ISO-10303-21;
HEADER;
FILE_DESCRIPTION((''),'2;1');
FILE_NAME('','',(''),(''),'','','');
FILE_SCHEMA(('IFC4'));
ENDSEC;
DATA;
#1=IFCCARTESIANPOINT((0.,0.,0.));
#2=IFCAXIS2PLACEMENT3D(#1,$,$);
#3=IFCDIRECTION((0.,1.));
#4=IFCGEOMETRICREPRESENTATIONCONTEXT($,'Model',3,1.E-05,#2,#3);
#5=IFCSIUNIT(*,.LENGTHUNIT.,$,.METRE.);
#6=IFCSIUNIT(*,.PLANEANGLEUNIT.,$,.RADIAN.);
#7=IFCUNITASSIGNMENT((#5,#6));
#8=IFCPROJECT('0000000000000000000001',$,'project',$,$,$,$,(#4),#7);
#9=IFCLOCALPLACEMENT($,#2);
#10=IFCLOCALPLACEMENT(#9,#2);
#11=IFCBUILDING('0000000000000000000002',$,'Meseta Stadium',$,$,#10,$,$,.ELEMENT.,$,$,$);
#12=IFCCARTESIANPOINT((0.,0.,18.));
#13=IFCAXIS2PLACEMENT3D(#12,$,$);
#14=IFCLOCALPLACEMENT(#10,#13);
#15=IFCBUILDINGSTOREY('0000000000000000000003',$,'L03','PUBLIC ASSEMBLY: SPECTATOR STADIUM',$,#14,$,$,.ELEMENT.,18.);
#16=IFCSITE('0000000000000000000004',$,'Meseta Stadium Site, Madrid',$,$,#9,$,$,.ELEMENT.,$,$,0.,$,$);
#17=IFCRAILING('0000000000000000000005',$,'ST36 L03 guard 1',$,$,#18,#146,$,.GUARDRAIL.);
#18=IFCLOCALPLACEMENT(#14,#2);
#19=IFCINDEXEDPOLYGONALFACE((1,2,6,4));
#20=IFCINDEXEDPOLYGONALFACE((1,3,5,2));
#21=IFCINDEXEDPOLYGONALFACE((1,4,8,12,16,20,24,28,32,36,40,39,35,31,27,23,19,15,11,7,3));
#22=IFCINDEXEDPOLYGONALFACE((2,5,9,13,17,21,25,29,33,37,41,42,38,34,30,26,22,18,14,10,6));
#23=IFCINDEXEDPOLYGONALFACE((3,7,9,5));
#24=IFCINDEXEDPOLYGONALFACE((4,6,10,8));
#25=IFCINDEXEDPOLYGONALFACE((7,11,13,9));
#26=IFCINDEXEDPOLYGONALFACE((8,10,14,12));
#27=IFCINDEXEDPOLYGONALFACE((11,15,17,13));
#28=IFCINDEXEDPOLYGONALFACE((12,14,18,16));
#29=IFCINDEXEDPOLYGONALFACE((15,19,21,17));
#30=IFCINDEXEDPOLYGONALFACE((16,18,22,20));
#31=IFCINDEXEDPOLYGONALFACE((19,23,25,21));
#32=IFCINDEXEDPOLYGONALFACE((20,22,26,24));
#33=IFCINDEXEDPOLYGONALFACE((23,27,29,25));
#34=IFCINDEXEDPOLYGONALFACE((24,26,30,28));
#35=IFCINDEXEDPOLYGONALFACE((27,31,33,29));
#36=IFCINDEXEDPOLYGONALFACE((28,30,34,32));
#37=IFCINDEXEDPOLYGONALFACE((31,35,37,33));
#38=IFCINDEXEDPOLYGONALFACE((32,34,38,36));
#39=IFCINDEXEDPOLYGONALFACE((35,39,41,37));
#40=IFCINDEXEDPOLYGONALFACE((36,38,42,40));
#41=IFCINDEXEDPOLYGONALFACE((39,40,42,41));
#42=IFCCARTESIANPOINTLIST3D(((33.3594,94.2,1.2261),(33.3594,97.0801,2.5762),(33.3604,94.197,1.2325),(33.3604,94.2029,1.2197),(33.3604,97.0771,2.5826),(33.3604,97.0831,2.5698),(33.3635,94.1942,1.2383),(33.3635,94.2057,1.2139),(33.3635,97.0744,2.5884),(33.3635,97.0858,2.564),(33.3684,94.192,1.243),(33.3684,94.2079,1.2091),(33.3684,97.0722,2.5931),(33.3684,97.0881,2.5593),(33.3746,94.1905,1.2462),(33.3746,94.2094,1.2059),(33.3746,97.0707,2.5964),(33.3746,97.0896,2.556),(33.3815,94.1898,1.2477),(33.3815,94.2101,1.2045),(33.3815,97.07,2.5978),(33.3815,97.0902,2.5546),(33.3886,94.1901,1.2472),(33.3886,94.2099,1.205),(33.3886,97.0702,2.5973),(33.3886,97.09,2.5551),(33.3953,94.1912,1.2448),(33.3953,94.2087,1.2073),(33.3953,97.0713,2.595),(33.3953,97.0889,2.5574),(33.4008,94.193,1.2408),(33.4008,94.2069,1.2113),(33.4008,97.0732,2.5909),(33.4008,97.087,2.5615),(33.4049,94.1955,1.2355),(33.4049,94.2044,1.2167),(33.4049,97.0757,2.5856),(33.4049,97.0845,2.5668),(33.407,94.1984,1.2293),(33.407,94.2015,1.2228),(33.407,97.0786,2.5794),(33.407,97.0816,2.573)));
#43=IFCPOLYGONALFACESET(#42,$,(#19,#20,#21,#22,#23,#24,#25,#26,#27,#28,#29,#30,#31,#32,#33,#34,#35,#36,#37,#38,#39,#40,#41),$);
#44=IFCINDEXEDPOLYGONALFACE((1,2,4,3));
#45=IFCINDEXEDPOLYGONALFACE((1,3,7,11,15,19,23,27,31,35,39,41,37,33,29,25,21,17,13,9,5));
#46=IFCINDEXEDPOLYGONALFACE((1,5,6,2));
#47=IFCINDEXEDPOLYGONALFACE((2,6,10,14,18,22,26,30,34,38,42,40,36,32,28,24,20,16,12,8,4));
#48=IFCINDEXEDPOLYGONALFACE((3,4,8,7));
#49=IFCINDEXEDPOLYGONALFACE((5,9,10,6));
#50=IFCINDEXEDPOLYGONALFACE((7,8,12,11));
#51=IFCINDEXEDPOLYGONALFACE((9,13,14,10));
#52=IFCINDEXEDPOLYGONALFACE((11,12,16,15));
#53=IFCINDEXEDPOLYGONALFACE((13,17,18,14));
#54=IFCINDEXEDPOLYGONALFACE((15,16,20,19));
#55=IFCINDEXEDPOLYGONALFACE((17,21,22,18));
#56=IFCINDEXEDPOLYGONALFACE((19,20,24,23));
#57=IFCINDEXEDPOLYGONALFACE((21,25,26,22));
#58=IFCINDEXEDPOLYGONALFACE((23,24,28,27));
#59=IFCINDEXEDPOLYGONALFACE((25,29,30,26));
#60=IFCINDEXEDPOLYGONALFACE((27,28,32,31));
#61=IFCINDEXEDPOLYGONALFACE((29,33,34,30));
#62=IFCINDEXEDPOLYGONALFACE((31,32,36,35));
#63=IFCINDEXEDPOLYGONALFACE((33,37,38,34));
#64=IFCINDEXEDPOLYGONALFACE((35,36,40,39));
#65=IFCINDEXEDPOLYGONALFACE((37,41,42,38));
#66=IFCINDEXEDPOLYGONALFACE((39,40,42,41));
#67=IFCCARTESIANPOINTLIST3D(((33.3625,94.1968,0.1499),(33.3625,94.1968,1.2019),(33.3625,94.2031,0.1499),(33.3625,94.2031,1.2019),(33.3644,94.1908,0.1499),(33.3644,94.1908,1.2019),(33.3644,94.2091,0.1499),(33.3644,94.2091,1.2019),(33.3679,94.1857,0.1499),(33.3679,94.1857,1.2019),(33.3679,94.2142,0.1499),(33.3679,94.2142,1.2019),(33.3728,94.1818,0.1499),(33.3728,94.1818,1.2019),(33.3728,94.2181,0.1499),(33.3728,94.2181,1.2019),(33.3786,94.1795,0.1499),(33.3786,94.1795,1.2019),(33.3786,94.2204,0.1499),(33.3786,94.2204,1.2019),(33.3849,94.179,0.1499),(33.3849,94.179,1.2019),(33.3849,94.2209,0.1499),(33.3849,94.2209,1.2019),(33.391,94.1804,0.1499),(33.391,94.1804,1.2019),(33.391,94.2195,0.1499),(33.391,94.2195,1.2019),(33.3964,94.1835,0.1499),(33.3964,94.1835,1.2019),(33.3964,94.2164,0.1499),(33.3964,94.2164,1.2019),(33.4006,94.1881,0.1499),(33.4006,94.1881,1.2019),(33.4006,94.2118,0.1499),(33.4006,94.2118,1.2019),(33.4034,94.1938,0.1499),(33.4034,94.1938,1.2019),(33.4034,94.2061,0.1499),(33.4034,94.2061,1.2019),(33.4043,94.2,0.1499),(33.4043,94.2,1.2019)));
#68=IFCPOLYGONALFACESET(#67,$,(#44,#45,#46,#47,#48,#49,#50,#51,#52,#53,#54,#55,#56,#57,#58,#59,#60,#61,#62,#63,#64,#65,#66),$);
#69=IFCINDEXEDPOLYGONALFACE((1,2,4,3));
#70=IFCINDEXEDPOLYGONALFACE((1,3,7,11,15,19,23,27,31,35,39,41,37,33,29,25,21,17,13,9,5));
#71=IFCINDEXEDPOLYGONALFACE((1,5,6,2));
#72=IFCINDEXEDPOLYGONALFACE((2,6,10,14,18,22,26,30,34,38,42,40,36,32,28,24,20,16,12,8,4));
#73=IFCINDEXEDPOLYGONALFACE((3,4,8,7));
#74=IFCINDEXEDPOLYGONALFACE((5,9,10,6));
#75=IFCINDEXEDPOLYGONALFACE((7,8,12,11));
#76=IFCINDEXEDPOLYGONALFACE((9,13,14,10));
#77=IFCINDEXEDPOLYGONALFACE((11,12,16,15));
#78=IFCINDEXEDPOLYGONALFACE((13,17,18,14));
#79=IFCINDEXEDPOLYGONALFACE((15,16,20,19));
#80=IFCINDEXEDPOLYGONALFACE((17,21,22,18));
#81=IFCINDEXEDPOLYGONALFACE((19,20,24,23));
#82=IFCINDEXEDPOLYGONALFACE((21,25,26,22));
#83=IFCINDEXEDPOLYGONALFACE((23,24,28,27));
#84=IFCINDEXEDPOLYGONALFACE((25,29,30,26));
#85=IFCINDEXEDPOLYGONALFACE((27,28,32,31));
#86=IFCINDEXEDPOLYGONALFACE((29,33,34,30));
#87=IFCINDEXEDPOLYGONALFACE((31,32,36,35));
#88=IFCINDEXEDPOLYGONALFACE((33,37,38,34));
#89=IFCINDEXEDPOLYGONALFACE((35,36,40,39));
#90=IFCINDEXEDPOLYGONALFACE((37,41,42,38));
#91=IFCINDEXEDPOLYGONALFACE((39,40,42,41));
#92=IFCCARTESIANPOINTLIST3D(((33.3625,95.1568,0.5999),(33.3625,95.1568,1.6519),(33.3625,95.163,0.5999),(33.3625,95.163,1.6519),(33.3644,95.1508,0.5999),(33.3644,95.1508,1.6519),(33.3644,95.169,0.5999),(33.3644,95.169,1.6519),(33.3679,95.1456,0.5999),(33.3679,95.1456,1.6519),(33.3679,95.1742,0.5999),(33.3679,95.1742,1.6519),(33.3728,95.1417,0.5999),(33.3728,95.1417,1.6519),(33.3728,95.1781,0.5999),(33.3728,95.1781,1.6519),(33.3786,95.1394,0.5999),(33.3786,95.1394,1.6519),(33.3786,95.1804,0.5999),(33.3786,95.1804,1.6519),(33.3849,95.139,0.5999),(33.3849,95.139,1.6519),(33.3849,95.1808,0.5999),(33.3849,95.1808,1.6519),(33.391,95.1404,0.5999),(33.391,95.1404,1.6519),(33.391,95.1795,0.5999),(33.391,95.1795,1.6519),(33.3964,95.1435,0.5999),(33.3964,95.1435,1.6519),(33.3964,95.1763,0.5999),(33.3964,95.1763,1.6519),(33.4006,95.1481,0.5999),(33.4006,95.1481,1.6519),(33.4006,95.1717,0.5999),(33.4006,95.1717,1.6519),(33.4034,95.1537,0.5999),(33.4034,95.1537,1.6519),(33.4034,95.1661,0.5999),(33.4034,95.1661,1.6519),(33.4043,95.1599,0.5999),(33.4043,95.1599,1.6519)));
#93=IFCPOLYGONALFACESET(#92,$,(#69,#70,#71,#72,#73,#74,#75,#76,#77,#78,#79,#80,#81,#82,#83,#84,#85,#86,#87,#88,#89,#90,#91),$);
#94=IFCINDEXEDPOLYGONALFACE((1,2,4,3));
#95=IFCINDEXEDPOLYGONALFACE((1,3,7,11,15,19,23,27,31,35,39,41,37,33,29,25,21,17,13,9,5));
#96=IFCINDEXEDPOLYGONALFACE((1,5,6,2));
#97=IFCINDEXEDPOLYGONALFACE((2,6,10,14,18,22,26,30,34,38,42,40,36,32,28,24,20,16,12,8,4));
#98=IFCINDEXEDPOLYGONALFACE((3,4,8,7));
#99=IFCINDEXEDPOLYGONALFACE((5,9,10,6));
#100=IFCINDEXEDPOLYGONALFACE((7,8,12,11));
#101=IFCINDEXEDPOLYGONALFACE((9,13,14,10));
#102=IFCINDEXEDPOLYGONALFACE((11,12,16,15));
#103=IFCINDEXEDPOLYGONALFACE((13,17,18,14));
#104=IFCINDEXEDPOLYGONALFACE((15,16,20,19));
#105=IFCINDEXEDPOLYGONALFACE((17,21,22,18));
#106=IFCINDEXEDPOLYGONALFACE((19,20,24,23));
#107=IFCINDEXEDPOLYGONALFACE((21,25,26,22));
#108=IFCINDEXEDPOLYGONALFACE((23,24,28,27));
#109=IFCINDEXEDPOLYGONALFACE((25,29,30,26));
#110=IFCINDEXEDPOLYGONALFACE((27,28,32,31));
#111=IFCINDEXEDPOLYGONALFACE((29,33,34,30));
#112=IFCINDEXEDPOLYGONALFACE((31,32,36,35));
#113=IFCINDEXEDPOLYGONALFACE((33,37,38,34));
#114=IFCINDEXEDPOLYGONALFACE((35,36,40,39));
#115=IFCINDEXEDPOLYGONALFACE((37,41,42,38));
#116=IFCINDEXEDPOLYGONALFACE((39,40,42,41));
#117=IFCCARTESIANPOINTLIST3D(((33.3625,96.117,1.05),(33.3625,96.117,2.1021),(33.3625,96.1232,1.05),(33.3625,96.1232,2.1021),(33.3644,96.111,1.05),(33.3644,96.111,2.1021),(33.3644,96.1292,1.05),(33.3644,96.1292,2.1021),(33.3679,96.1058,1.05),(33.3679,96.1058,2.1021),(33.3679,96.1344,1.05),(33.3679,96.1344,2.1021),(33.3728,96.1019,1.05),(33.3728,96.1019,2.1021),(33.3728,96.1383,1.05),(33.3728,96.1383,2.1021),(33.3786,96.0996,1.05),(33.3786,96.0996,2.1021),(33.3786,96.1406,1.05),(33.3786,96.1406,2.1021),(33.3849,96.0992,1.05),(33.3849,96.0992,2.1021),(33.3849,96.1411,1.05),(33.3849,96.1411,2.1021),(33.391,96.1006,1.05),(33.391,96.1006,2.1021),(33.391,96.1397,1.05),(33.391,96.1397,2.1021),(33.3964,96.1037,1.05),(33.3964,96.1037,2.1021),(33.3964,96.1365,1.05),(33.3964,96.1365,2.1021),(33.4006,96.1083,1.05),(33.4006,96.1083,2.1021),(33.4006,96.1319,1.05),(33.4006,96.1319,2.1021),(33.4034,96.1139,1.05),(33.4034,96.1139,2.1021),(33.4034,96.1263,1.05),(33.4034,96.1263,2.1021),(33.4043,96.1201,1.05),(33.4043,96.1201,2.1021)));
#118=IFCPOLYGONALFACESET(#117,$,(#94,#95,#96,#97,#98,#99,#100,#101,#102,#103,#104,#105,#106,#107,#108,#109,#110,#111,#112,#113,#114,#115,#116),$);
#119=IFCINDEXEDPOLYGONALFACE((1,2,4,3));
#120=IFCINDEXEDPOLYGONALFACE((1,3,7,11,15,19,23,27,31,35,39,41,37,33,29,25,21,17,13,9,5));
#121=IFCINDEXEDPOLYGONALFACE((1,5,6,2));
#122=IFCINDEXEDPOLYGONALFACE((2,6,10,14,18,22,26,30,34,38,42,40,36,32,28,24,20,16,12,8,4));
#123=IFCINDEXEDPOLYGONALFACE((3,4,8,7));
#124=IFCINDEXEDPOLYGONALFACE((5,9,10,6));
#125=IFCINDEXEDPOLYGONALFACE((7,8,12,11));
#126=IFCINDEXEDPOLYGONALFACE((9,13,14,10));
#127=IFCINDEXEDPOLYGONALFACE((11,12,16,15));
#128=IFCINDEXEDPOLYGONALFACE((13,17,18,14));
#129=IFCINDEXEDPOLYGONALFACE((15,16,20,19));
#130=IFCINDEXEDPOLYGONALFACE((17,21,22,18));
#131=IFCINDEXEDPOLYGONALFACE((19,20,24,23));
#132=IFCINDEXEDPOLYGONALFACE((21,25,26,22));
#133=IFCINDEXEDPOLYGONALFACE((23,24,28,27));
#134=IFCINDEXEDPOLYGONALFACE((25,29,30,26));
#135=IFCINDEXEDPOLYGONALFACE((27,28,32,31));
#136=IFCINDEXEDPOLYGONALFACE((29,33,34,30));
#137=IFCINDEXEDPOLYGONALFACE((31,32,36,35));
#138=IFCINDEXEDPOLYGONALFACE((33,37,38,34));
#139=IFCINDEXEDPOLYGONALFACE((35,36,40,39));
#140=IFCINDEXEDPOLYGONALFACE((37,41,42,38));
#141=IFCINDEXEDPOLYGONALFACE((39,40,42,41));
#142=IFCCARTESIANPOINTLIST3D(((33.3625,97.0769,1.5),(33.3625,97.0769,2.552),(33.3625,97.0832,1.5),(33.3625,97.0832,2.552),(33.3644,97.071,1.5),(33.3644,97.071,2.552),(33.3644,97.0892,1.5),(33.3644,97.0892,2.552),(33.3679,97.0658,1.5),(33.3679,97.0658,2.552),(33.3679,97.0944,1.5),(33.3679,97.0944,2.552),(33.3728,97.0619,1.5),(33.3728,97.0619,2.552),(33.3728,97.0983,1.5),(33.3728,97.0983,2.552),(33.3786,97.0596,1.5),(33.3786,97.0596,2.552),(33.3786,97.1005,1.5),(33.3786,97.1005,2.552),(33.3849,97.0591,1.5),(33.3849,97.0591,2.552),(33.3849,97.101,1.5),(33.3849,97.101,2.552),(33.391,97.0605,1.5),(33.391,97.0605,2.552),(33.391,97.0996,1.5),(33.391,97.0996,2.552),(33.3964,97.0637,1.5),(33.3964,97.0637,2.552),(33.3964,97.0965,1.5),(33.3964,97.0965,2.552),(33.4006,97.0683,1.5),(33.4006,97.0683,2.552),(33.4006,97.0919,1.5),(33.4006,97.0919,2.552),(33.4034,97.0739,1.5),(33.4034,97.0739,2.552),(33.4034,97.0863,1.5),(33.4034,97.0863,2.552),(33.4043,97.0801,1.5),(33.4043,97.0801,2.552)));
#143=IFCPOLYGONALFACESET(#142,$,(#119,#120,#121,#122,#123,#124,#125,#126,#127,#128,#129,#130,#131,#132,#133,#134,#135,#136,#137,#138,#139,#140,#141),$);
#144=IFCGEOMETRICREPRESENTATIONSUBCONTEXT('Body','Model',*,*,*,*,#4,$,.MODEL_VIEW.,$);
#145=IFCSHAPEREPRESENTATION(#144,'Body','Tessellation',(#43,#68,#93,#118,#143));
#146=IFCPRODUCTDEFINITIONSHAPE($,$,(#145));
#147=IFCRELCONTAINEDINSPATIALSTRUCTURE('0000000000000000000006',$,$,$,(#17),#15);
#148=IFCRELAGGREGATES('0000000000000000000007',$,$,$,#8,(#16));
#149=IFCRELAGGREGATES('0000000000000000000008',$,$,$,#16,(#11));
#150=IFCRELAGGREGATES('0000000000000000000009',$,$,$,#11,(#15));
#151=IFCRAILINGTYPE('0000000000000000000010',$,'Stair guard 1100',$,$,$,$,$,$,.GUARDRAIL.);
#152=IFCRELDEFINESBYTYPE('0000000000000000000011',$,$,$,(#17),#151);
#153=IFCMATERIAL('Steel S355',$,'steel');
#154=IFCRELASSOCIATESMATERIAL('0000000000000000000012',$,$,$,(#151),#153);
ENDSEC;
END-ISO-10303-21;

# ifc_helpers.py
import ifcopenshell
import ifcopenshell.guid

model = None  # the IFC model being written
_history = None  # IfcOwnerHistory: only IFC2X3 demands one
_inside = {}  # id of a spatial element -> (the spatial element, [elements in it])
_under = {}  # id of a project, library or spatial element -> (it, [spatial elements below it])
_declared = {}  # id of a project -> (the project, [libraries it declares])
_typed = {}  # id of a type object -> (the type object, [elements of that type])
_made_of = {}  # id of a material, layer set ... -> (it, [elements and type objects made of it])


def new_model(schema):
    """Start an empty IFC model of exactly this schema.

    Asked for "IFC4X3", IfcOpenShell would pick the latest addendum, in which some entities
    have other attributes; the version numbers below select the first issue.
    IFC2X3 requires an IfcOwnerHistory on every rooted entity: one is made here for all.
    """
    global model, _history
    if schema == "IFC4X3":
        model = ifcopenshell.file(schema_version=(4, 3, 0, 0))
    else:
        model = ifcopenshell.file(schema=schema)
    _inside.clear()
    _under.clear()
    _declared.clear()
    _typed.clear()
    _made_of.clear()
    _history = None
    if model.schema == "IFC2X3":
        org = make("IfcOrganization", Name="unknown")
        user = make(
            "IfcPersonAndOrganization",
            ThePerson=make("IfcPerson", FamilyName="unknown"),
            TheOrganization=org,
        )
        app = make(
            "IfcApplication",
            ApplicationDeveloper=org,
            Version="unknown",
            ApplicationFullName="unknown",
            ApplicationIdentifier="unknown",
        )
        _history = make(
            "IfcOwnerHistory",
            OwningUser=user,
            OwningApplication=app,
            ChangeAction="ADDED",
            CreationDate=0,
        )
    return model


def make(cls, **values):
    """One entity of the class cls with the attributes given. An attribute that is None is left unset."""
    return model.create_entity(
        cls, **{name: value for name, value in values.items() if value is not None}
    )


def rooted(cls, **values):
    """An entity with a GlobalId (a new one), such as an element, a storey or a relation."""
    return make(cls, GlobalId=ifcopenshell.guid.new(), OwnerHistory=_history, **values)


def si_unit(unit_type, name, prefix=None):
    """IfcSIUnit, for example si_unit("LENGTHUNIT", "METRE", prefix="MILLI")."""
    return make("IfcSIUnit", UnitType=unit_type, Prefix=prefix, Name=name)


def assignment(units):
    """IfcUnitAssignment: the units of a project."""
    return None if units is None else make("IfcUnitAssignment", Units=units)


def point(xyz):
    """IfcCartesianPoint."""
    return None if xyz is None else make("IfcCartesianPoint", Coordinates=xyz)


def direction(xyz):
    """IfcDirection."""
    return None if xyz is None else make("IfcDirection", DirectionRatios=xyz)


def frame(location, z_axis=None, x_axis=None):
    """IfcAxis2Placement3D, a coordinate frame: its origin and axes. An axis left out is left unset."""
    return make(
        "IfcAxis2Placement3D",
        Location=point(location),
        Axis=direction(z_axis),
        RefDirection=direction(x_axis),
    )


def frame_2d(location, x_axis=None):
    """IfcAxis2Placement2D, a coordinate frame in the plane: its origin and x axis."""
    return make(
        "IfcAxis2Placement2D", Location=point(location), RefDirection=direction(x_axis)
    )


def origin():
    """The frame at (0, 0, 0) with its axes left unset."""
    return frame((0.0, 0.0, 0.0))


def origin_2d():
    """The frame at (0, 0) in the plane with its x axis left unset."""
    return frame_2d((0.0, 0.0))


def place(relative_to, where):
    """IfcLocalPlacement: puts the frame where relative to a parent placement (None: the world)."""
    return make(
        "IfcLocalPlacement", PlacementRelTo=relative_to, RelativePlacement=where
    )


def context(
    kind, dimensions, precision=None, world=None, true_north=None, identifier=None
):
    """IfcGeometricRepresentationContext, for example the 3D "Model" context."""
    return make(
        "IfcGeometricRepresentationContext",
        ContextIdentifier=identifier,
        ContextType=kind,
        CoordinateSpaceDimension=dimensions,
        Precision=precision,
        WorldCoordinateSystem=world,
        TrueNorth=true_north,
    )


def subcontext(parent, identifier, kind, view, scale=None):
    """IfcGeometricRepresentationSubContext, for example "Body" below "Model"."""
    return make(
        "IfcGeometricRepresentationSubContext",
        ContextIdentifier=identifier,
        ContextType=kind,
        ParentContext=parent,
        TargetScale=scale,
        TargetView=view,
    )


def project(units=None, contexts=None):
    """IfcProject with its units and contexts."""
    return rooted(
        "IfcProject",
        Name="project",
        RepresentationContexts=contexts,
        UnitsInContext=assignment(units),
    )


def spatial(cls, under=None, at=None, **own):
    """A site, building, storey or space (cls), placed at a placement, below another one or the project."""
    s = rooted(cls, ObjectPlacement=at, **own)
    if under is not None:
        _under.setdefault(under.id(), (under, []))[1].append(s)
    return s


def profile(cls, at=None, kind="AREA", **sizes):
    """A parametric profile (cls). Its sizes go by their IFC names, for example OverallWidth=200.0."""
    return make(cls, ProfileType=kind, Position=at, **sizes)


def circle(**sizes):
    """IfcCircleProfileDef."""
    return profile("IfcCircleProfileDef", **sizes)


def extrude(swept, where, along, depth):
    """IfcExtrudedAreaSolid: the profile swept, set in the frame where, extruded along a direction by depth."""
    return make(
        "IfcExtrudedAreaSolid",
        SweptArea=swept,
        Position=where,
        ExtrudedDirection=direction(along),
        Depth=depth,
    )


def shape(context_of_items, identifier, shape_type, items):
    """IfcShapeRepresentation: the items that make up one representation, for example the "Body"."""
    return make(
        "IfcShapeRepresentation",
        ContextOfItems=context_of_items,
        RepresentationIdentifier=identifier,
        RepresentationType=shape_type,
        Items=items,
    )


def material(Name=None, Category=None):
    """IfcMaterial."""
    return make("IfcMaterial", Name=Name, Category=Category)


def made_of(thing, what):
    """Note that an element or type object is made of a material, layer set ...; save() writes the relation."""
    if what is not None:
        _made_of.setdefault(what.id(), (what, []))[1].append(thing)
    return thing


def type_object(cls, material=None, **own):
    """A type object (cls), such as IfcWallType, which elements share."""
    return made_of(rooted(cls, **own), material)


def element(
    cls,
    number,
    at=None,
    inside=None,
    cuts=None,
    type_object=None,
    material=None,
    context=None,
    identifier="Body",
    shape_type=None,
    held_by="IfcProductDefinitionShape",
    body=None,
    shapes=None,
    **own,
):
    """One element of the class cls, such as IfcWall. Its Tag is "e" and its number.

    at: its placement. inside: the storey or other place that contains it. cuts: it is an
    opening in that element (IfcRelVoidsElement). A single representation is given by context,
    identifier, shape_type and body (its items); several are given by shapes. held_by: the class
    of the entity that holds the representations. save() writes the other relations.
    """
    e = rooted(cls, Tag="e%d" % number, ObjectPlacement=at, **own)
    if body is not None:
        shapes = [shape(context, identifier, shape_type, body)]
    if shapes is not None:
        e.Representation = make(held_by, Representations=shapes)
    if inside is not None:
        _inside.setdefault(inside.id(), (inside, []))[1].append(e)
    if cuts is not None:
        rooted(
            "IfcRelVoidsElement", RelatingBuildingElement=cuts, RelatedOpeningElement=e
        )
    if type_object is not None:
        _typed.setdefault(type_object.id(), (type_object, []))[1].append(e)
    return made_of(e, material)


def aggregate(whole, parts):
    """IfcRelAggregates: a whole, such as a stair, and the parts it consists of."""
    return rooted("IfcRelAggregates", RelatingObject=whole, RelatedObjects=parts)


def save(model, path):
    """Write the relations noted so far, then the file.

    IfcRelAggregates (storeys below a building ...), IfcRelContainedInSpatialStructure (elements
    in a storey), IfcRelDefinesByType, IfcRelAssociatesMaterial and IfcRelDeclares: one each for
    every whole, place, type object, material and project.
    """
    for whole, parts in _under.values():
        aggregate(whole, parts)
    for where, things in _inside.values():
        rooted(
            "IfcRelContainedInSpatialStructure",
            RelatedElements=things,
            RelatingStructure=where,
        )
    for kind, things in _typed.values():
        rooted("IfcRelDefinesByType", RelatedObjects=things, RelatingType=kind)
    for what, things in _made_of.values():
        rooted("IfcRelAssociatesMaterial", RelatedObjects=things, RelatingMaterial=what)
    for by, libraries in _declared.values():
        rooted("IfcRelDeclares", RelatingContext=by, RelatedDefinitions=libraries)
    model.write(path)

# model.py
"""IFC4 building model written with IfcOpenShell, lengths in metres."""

from ifc_helpers import new_model, si_unit, direction, frame, origin, origin_2d, place, context, subcontext, project, spatial, circle, extrude, material, type_object, element, save


model = new_model("IFC4")

# Units and contexts
model_context = context("Model", 3, precision=1e-05, world=origin(), true_north=direction((0.0, 1.0)))
body_context = subcontext(model_context, "Body", "Model", "MODEL_VIEW")
ifc_project = project(units=[si_unit("LENGTHUNIT", "METRE"), si_unit("PLANEANGLEUNIT", "RADIAN")], contexts=[model_context])

# Site, building, storey
site_placement = place(None, origin())
site = spatial("IfcSite", under=ifc_project, at=site_placement, Name="Meseta Stadium Site, Madrid", CompositionType="ELEMENT", RefElevation=0.0)
building_placement = place(site_placement, origin())
building = spatial("IfcBuilding", under=site, at=building_placement, Name="Meseta Stadium", CompositionType="ELEMENT")
storey_placement = place(building_placement, frame((0.0, 0.0, 18.0)))
storey = spatial("IfcBuildingStorey", under=building, at=storey_placement, Name="L03", Description="PUBLIC ASSEMBLY: SPECTATOR STADIUM", CompositionType="ELEMENT", Elevation=18.0)

# Railing
ifc_material_1 = material(Name="Steel S355", Category="steel")
railing_type_1 = type_object("IfcRailingType", Name="Stair guard 1100", PredefinedType="GUARDRAIL", material=ifc_material_1)
railing_1_placement = place(storey_placement, frame((33.3833, 94.2, 0.1499)))
element("IfcRailing", 1, at=railing_1_placement, inside=storey, type_object=railing_type_1, Name="ST36 L03 guard 1", PredefinedType="GUARDRAIL", context=body_context, shape_type="SweptSolid", body=[
    extrude(circle(Radius=0.0239, at=origin_2d()), frame((0.0, 0.0, 1.0762), z_axis=(0.0, 0.905454, 0.424444), x_axis=(-1.0, 0.0, 0.0)), (0.0, 0.0, 1.0), 3.1809),
    extrude(circle(Radius=0.021, at=origin_2d()), origin(), (0.0, 0.0, 1.0), 1.052),
    extrude(circle(Radius=0.021, at=origin_2d()), frame((0.0, 0.96, 0.45)), (0.0, 0.0, 1.0), 1.052),
    extrude(circle(Radius=0.021, at=origin_2d()), frame((0.0, 1.9202, 0.9001)), (0.0, 0.0, 1.0), 1.052),
    extrude(circle(Radius=0.021, at=origin_2d()), frame((0.0, 2.8801, 1.3501)), (0.0, 0.0, 1.0), 1.052),
])

save(model, "model.ifc")
